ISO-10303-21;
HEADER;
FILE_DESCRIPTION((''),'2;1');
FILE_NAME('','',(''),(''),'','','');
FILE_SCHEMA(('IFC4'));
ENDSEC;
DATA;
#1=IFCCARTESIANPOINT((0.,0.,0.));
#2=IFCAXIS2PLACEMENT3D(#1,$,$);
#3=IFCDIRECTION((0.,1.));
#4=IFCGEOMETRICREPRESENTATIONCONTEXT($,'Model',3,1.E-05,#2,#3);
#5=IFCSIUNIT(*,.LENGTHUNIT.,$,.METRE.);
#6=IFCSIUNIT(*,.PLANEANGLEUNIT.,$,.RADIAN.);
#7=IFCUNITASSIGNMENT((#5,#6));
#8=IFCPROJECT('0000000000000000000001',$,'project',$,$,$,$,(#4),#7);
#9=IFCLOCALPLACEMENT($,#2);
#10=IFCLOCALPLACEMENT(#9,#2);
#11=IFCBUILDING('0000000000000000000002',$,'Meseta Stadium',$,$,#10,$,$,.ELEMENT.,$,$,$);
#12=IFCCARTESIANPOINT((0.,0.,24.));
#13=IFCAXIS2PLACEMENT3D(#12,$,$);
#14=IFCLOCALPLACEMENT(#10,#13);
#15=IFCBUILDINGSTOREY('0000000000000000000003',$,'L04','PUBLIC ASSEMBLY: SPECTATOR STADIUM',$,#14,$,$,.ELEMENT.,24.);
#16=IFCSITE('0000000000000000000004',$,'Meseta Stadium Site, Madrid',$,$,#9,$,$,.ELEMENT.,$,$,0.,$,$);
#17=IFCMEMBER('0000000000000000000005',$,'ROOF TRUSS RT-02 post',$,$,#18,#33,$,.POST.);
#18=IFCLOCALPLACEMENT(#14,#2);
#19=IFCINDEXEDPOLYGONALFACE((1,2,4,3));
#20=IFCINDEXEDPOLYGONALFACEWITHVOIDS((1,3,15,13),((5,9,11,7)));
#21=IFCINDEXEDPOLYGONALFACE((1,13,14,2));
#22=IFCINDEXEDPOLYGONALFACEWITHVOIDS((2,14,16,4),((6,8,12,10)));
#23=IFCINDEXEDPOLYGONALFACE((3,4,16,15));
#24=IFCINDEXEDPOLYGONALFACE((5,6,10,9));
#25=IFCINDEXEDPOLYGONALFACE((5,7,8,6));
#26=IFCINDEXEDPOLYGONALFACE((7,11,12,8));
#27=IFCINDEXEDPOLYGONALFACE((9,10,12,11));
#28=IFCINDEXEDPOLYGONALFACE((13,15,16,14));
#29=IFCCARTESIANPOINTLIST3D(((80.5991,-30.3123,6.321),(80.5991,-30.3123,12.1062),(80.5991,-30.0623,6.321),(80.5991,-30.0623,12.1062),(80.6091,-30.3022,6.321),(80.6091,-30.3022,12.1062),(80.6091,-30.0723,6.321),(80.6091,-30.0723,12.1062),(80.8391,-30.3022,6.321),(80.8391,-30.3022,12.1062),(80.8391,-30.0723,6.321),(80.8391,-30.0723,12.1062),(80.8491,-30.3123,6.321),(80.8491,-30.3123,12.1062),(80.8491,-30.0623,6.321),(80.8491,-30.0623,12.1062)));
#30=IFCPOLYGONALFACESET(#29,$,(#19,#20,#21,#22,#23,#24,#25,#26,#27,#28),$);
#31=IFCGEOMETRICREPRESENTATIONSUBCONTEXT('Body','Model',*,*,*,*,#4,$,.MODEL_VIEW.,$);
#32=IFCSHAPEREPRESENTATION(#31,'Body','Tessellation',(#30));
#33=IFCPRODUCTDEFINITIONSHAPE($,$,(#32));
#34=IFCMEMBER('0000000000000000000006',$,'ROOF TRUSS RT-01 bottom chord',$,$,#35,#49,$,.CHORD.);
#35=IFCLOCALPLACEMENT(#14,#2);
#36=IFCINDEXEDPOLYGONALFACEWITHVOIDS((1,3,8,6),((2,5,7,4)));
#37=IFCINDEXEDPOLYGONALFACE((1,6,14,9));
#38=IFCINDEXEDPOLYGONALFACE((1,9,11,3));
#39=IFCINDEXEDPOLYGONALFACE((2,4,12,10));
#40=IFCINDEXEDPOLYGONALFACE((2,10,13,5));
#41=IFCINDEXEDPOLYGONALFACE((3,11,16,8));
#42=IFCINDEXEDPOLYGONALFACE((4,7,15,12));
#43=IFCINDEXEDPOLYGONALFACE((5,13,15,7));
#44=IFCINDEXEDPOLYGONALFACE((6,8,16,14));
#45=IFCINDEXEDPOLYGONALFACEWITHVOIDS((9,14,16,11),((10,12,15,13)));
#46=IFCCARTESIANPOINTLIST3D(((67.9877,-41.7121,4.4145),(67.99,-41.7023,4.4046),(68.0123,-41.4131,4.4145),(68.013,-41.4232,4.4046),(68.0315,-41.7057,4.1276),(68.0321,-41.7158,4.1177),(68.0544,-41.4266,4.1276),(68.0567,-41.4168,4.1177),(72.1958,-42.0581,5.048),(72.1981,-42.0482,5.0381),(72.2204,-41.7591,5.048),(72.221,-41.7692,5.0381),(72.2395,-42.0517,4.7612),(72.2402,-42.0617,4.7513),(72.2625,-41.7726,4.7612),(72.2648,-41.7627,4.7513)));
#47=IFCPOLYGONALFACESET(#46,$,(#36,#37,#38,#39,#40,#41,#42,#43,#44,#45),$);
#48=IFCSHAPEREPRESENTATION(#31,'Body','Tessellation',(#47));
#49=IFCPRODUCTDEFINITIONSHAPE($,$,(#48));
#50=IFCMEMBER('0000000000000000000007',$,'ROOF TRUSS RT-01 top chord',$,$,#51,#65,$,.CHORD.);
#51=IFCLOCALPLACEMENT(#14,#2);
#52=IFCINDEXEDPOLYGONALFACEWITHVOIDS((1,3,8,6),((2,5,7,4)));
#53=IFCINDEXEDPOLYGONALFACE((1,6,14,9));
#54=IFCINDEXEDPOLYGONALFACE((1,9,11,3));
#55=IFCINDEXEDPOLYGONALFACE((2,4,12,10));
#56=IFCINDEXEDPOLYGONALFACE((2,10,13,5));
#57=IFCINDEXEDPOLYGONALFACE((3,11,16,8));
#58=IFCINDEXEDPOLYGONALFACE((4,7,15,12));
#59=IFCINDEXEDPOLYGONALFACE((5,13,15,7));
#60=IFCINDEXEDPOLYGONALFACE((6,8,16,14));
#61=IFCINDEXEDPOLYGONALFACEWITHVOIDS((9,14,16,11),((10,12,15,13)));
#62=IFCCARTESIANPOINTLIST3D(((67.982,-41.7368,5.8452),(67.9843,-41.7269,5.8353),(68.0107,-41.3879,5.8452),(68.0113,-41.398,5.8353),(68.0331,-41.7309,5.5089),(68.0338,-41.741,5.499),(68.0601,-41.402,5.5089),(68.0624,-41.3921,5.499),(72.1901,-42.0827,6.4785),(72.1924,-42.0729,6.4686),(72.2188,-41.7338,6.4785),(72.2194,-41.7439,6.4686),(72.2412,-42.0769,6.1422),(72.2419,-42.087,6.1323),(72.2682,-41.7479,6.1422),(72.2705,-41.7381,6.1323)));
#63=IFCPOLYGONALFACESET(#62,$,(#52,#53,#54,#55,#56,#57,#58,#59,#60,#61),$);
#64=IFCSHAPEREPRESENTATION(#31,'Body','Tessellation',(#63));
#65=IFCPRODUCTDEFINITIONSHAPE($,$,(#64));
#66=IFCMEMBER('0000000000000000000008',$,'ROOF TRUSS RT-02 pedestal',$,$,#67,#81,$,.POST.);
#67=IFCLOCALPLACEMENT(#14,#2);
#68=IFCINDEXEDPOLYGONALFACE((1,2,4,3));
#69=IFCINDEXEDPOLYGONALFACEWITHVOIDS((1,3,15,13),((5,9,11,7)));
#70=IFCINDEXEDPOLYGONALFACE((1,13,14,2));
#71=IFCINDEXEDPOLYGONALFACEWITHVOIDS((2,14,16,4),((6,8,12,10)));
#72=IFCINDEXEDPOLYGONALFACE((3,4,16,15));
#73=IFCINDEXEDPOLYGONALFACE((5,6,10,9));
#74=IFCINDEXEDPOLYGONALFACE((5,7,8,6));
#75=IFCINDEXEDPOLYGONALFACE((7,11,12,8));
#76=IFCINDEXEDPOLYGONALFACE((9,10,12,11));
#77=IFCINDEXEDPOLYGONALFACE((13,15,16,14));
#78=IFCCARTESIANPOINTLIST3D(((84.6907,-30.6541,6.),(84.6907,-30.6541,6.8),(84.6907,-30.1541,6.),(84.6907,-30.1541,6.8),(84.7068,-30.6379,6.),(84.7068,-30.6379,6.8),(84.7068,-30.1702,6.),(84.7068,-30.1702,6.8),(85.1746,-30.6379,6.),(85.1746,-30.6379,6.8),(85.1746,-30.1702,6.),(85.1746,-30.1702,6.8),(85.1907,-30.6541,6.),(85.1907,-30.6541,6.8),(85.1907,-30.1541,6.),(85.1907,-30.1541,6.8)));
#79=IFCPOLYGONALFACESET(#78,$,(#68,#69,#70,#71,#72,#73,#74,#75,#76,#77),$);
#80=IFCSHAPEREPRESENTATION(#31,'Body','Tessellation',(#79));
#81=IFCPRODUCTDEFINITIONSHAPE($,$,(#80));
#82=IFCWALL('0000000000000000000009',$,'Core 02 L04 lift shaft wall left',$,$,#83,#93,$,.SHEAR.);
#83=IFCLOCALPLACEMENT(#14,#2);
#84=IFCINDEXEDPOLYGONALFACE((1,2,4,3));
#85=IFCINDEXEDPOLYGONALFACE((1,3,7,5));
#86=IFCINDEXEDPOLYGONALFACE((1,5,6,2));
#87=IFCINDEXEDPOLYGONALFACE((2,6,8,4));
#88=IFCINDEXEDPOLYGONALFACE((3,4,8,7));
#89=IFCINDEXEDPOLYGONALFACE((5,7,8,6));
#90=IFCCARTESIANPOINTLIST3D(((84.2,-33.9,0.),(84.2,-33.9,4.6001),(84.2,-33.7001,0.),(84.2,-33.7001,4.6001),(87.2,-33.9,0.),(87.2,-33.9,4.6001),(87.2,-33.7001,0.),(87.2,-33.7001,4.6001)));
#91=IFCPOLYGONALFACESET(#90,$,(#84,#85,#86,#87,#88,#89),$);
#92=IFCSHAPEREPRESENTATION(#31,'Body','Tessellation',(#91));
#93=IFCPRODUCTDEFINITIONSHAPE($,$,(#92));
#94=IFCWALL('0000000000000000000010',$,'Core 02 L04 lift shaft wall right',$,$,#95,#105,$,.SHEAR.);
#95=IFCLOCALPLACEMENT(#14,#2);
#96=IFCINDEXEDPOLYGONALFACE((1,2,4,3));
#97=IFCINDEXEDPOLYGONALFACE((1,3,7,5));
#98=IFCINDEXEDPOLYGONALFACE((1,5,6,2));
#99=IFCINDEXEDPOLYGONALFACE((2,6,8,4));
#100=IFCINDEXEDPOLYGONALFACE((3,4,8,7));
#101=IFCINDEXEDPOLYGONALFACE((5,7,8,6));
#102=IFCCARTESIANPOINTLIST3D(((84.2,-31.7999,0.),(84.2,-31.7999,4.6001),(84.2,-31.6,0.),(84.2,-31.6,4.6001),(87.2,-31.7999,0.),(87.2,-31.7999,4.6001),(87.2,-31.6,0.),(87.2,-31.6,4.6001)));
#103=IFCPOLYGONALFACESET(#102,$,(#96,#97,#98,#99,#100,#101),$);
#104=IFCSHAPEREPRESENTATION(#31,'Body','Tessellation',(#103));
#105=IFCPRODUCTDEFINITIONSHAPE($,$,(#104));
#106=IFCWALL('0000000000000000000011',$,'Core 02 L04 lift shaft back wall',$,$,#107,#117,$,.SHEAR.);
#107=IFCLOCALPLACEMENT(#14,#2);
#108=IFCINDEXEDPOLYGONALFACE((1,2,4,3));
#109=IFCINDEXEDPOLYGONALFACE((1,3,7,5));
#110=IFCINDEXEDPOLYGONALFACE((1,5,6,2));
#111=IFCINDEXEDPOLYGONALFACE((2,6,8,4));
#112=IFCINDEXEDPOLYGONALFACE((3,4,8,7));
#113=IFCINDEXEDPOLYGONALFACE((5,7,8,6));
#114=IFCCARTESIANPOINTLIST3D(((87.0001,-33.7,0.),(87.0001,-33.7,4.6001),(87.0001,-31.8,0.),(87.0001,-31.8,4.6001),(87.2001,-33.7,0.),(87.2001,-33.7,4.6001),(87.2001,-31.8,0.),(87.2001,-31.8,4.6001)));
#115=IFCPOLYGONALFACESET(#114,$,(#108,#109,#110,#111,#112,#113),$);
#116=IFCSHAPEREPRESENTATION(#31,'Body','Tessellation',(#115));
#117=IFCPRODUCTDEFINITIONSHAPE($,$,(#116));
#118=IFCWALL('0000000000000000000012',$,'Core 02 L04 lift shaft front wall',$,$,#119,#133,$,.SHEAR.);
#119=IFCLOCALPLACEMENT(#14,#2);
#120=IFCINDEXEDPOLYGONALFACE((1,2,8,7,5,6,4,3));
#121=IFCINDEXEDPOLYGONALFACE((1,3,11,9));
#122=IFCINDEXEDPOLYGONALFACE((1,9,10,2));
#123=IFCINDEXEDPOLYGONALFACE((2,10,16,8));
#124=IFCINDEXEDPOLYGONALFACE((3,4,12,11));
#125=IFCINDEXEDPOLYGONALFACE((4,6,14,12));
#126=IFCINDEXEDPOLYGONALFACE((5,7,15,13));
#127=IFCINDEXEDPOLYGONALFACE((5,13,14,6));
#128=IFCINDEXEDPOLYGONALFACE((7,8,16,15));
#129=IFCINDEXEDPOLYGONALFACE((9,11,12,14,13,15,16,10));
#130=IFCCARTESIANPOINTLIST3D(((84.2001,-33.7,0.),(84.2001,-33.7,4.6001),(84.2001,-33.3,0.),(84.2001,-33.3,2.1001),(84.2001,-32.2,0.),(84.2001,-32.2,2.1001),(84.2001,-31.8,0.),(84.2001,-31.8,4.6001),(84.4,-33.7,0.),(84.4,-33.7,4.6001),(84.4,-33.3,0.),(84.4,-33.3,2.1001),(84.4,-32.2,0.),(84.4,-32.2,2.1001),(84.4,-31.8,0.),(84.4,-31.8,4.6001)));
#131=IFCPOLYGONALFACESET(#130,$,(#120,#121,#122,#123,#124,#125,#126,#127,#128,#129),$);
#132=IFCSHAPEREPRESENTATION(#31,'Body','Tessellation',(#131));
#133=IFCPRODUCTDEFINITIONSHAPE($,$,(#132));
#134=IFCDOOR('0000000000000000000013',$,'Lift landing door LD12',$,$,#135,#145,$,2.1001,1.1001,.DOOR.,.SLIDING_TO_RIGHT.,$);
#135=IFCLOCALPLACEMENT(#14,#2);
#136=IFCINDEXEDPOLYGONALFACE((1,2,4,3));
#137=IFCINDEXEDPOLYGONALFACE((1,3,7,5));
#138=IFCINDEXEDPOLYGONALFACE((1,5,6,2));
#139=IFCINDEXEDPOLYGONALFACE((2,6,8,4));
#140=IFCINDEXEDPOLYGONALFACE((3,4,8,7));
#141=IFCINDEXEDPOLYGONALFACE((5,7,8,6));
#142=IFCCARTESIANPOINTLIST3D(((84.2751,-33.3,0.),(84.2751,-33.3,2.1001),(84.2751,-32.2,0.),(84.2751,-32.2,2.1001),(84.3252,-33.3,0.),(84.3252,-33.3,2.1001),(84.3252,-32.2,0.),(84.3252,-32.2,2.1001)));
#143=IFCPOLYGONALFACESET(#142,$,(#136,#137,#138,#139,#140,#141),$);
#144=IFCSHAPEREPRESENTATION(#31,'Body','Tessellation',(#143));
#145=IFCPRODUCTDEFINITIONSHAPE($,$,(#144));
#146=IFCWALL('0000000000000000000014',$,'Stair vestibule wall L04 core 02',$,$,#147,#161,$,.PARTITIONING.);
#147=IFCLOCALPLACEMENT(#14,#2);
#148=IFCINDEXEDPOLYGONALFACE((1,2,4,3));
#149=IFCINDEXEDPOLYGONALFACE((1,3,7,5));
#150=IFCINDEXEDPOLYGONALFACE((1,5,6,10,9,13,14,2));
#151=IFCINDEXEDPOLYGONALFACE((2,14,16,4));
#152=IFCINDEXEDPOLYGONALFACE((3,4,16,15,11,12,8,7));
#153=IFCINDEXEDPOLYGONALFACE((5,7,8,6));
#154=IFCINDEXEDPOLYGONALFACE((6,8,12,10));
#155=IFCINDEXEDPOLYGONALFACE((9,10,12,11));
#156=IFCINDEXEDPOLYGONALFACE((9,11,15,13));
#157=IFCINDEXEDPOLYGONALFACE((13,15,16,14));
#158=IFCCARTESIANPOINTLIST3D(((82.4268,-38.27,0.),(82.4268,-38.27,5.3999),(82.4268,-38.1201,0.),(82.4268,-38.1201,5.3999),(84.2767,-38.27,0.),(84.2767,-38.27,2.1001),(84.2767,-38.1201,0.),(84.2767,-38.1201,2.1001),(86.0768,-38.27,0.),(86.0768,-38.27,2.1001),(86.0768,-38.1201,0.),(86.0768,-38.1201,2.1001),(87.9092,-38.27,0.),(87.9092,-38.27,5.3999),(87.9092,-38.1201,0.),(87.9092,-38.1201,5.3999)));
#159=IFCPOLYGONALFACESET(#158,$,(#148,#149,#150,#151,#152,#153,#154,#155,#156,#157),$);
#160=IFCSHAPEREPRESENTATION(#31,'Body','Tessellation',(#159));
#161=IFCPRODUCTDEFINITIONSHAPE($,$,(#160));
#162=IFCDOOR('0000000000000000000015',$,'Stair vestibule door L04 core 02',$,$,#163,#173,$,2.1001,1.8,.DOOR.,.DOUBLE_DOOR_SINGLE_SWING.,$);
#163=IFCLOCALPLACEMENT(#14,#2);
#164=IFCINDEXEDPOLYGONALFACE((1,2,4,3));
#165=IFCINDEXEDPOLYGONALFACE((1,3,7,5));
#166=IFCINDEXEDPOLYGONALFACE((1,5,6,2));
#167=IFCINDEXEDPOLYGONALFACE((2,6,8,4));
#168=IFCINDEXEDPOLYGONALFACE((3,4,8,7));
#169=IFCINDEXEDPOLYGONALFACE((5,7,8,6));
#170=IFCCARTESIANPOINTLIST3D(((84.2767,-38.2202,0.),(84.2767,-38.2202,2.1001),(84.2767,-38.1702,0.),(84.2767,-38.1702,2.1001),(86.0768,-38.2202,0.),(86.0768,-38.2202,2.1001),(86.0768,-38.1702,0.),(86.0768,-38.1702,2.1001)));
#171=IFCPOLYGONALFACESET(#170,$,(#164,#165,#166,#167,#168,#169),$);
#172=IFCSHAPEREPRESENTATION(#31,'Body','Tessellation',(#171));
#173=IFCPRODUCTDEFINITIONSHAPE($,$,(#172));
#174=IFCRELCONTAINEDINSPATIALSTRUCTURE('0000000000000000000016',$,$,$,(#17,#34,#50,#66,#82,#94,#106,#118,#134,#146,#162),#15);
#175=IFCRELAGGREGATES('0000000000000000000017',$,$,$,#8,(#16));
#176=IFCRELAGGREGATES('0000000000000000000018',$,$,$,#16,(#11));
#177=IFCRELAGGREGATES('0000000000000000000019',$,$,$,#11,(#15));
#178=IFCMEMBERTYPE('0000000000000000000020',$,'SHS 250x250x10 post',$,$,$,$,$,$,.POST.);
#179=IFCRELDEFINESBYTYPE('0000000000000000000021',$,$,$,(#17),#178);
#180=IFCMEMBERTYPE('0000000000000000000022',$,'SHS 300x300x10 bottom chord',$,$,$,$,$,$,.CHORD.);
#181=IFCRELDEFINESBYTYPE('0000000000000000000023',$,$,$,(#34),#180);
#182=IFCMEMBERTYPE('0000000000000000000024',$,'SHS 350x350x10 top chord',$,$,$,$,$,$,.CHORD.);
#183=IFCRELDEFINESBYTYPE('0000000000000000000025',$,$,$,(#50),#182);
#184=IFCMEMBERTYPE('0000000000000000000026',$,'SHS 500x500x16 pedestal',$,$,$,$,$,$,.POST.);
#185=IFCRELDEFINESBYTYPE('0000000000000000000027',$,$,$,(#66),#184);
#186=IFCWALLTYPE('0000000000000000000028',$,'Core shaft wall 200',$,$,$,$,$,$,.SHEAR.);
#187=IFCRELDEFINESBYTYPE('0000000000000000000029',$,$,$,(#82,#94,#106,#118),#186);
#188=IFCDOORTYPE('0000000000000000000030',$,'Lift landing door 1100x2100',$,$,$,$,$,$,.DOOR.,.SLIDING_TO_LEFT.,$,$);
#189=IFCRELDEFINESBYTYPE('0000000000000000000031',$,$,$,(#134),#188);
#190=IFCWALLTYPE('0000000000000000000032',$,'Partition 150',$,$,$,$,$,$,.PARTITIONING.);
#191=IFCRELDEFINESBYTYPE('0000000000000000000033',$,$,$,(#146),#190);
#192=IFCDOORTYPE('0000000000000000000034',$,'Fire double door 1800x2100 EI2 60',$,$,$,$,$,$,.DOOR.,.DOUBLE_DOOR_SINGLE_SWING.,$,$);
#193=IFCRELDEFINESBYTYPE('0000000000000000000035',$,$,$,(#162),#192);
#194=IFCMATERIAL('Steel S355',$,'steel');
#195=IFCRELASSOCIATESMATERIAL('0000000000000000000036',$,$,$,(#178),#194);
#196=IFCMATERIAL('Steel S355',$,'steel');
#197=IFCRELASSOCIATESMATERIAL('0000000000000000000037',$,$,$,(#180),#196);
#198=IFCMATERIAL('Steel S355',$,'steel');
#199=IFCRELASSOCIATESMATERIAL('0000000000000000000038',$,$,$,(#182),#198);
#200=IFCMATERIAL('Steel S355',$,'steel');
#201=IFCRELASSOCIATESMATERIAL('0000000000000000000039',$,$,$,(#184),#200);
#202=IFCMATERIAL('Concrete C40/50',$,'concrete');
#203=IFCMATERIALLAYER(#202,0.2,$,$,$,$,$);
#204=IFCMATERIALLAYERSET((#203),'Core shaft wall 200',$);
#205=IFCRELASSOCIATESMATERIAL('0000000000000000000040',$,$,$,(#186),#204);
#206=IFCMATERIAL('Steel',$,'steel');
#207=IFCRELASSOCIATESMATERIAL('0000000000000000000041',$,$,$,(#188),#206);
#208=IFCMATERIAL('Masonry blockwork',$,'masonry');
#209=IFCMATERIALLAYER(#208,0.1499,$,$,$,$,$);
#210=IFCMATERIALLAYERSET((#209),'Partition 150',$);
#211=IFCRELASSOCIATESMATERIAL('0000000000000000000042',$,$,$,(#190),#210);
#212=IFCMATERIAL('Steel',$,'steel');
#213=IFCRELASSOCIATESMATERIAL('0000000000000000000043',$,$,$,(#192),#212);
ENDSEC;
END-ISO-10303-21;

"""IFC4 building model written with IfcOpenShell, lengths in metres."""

from ifc_helpers import new_model, si_unit, direction, frame, frame_2d, origin, origin_2d, place, context, subcontext, project, spatial, rectangle, hollow_rectangle, extrude, material, layer, layer_set, material_profile, profile_set, type_object, element, fill, save


model = new_model("IFC4")

# Units and contexts
model_context = context("Model", 3, precision=1e-05, world=origin(), true_north=direction((0.0, 1.0)))
body_context = subcontext(model_context, "Body", "Model", "MODEL_VIEW")
ifc_project = project(units=[si_unit("LENGTHUNIT", "METRE"), si_unit("PLANEANGLEUNIT", "RADIAN")], contexts=[model_context])

# Site, building, storey
site_placement = place(None, origin())
site = spatial("IfcSite", under=ifc_project, at=site_placement, Name="Meseta Stadium Site, Madrid", CompositionType="ELEMENT", RefElevation=0.0)
building_placement = place(site_placement, origin())
building = spatial("IfcBuilding", under=site, at=building_placement, Name="Meseta Stadium", CompositionType="ELEMENT")
storey_placement = place(building_placement, frame((0.0, 0.0, 24.0)))
storey = spatial("IfcBuildingStorey", under=building, at=storey_placement, Name="L04", Description="PUBLIC ASSEMBLY: SPECTATOR STADIUM", CompositionType="ELEMENT", Elevation=24.0)

# Members
ifc_material_1 = material(Name="Steel S355", Category="steel")
ifc_material_profile_1 = material_profile(ifc_material_1, hollow_rectangle(XDim=0.25, YDim=0.25, WallThickness=0.01, at=origin_2d()), Name="SHS 250x250x10")
ifc_profile_set_1 = profile_set([ifc_material_profile_1], Name="Steel S355")
member_type_1 = type_object("IfcMemberType", Name="SHS 250x250x10 post", PredefinedType="POST", material=ifc_profile_set_1)
member_1_placement = place(storey_placement, frame((80.7241, -30.1873, 6.321), z_axis=(0.0, 0.0, 1.0), x_axis=(1.0, 0.0, 0.0)))
element("IfcMember", 1, at=member_1_placement, inside=storey, type_object=member_type_1, Name="ROOF TRUSS RT-02 post", PredefinedType="POST", context=body_context, shape_type="SweptSolid", body=[
    extrude(hollow_rectangle(XDim=0.25, YDim=0.25, WallThickness=0.01, at=origin_2d()), origin(), (0.0, 0.0, 1.0), 5.7852),
])
ifc_material_2 = material(Name="Steel S355", Category="steel")
ifc_material_profile_2 = material_profile(ifc_material_2, hollow_rectangle(XDim=0.3, YDim=0.3, WallThickness=0.01, at=origin_2d()), Name="SHS 300x300x10")
ifc_profile_set_2 = profile_set([ifc_material_profile_2], Name="Steel S355")
member_type_2 = type_object("IfcMemberType", Name="SHS 300x300x10 bottom chord", PredefinedType="CHORD", material=ifc_profile_set_2)
member_2_placement = place(storey_placement, frame((68.0222, -41.5645, 4.2661), z_axis=(0.985604, -0.081028, 0.14839), x_axis=(0.081935, 0.996638, 0.0)))
element("IfcMember", 2, at=member_2_placement, inside=storey, type_object=member_type_2, Name="ROOF TRUSS RT-01 bottom chord", PredefinedType="CHORD", context=body_context, shape_type="SweptSolid", body=[
    extrude(hollow_rectangle(XDim=0.3, YDim=0.3, WallThickness=0.01, at=origin_2d()), origin(), (0.0, 0.0, 1.0), 4.2695),
])
ifc_material_3 = material(Name="Steel S355", Category="steel")
ifc_material_profile_3 = material_profile(ifc_material_3, hollow_rectangle(XDim=0.3501, YDim=0.3501, WallThickness=0.01, at=origin_2d()), Name="SHS 350x350x10")
ifc_profile_set_3 = profile_set([ifc_material_profile_3], Name="Steel S355")
member_type_3 = type_object("IfcMemberType", Name="SHS 350x350x10 top chord", PredefinedType="CHORD", material=ifc_profile_set_3)
member_3_placement = place(storey_placement, frame((68.0222, -41.5645, 5.6721), z_axis=(0.985612, -0.081029, 0.148334), x_axis=(0.081935, 0.996638, 0.0)))
element("IfcMember", 3, at=member_3_placement, inside=storey, type_object=member_type_3, Name="ROOF TRUSS RT-01 top chord", PredefinedType="CHORD", context=body_context, shape_type="SweptSolid", body=[
    extrude(hollow_rectangle(XDim=0.3501, YDim=0.3501, WallThickness=0.01, at=origin_2d()), origin(), (0.0, 0.0, 1.0), 4.2695),
])
ifc_material_4 = material(Name="Steel S355", Category="steel")
ifc_material_profile_4 = material_profile(ifc_material_4, hollow_rectangle(XDim=0.5, YDim=0.5, WallThickness=0.0161, at=origin_2d()), Name="SHS 500x500x16")
ifc_profile_set_4 = profile_set([ifc_material_profile_4], Name="Steel S355")
member_type_4 = type_object("IfcMemberType", Name="SHS 500x500x16 pedestal", PredefinedType="POST", material=ifc_profile_set_4)
member_4_placement = place(storey_placement, frame((84.9407, -30.4041, 6.0), z_axis=(0.0, 0.0, 1.0), x_axis=(1.0, 0.0, 0.0)))
element("IfcMember", 4, at=member_4_placement, inside=storey, type_object=member_type_4, Name="ROOF TRUSS RT-02 pedestal", PredefinedType="POST", context=body_context, shape_type="SweptSolid", body=[
    extrude(hollow_rectangle(XDim=0.5, YDim=0.5, WallThickness=0.0161, at=origin_2d()), origin(), (0.0, 0.0, 1.0), 0.8),
])

# Walls
ifc_material_5 = material(Name="Concrete C40/50", Category="concrete")
ifc_layer_1 = layer(ifc_material_5, 0.2)
ifc_layer_set_1 = layer_set([ifc_layer_1], Name="Core shaft wall 200")
wall_type_1 = type_object("IfcWallType", Name="Core shaft wall 200", PredefinedType="SHEAR", material=ifc_layer_set_1)
for number, where, z_axis, x_axis, name in (
    (5, (87.2, -33.8, 0.0), (0.0, 0.0, 1.0), (-1.0, 0.0, 0.0), "Core 02 L04 lift shaft wall left"),
    (6, (87.2, -31.7, 0.0), (0.0, 0.0, 1.0), (-1.0, 0.0, 0.0), "Core 02 L04 lift shaft wall right"),
):
    element("IfcWall", number, at=place(storey_placement, frame(where, z_axis=z_axis, x_axis=x_axis)), inside=storey, type_object=wall_type_1, Name=name, PredefinedType="SHEAR", context=body_context, shape_type="SweptSolid", body=[
        extrude(rectangle(XDim=3.0, YDim=0.2, at=frame_2d((1.5, 0.0))), origin(), (0.0, 0.0, 1.0), 4.6001),
    ])
wall_1_placement = place(storey_placement, frame((87.1001, -33.7, 0.0), z_axis=(0.0, 0.0, 1.0), x_axis=(0.0, 1.0, 0.0)))
element("IfcWall", 7, at=wall_1_placement, inside=storey, type_object=wall_type_1, Name="Core 02 L04 lift shaft back wall", PredefinedType="SHEAR", context=body_context, shape_type="SweptSolid", body=[
    extrude(rectangle(XDim=1.8999, YDim=0.2, at=frame_2d((0.95, 0.0))), origin(), (0.0, 0.0, 1.0), 4.6001),
])

# Walls, openings, doors
wall_2_placement = place(storey_placement, frame((84.3, -33.7, 0.0), z_axis=(0.0, 0.0, 1.0), x_axis=(0.0, 1.0, 0.0)))
wall_2 = element("IfcWall", 8, at=wall_2_placement, inside=storey, type_object=wall_type_1, Name="Core 02 L04 lift shaft front wall", PredefinedType="SHEAR", context=body_context, shape_type="SweptSolid", body=[
    extrude(rectangle(XDim=1.8999, YDim=0.2, at=frame_2d((0.95, 0.0))), origin(), (0.0, 0.0, 1.0), 4.6001),
])
opening_1_placement = place(wall_2_placement, frame((0.3999, 0.0, 0.0)))
opening_1 = element("IfcOpeningElement", 9, at=opening_1_placement, cuts=wall_2, PredefinedType="OPENING", context=body_context, shape_type="SweptSolid", body=[
    extrude(rectangle(XDim=1.1001, YDim=2.1001, at=frame_2d((0.55, 1.05))), frame((0.0, 0.1099, 0.0), z_axis=(0.0, -1.0, 0.0), x_axis=(1.0, 0.0, 0.0)), (0.0, 0.0, 1.0), 0.22),
])
ifc_material_6 = material(Name="Steel", Category="steel")
door_type_1 = type_object("IfcDoorType", Name="Lift landing door 1100x2100", OperationType="SLIDING_TO_LEFT", PredefinedType="DOOR", material=ifc_material_6)
door_1_placement = place(opening_1_placement, origin())
door_1 = element("IfcDoor", 10, at=door_1_placement, inside=storey, type_object=door_type_1, Name="Lift landing door LD12", OperationType="SLIDING_TO_RIGHT", OverallHeight=2.1001, OverallWidth=1.1001, PredefinedType="DOOR", context=body_context, shape_type="SweptSolid", body=[
    extrude(rectangle(XDim=1.1001, YDim=2.1001, at=frame_2d((0.55, 1.05))), frame((0.0, 0.0249, 0.0), z_axis=(0.0, -1.0, 0.0), x_axis=(1.0, 0.0, 0.0)), (0.0, 0.0, 1.0), 0.05),
])
fill(opening_1, door_1)
ifc_material_7 = material(Name="Masonry blockwork", Category="masonry")
ifc_layer_2 = layer(ifc_material_7, 0.1499)
ifc_layer_set_2 = layer_set([ifc_layer_2], Name="Partition 150")
wall_type_2 = type_object("IfcWallType", Name="Partition 150", PredefinedType="PARTITIONING", material=ifc_layer_set_2)
wall_3_placement = place(storey_placement, frame((82.4268, -38.1951, 0.0), z_axis=(0.0, 0.0, 1.0), x_axis=(1.0, 0.0, 0.0)))
wall_3 = element("IfcWall", 11, at=wall_3_placement, inside=storey, type_object=wall_type_2, Name="Stair vestibule wall L04 core 02", PredefinedType="PARTITIONING", context=body_context, shape_type="SweptSolid", body=[
    extrude(rectangle(XDim=5.4824, YDim=0.1499, at=frame_2d((2.7412, 0.0))), origin(), (0.0, 0.0, 1.0), 5.3999),
])
opening_2_placement = place(wall_3_placement, frame((1.8501, 0.0, 0.0)))
opening_2 = element("IfcOpeningElement", 12, at=opening_2_placement, cuts=wall_3, PredefinedType="OPENING", context=body_context, shape_type="SweptSolid", body=[
    extrude(rectangle(XDim=1.8, YDim=2.1001, at=frame_2d((0.8999, 1.05))), frame((0.0, 0.085, 0.0), z_axis=(0.0, -1.0, 0.0), x_axis=(1.0, 0.0, 0.0)), (0.0, 0.0, 1.0), 0.1699),
])
ifc_material_8 = material(Name="Steel", Category="steel")
door_type_2 = type_object("IfcDoorType", Name="Fire double door 1800x2100 EI2 60", OperationType="DOUBLE_DOOR_SINGLE_SWING", PredefinedType="DOOR", material=ifc_material_8)
door_2_placement = place(opening_2_placement, origin())
door_2 = element("IfcDoor", 13, at=door_2_placement, inside=storey, type_object=door_type_2, Name="Stair vestibule door L04 core 02", OperationType="DOUBLE_DOOR_SINGLE_SWING", OverallHeight=2.1001, OverallWidth=1.8, PredefinedType="DOOR", context=body_context, shape_type="SweptSolid", body=[
    extrude(rectangle(XDim=1.8, YDim=2.1001, at=frame_2d((0.8999, 1.05))), frame((0.0, 0.0249, 0.0), z_axis=(0.0, -1.0, 0.0), x_axis=(1.0, 0.0, 0.0)), (0.0, 0.0, 1.0), 0.05),
])
fill(opening_2, door_2)

save(model, "model.ifc")
